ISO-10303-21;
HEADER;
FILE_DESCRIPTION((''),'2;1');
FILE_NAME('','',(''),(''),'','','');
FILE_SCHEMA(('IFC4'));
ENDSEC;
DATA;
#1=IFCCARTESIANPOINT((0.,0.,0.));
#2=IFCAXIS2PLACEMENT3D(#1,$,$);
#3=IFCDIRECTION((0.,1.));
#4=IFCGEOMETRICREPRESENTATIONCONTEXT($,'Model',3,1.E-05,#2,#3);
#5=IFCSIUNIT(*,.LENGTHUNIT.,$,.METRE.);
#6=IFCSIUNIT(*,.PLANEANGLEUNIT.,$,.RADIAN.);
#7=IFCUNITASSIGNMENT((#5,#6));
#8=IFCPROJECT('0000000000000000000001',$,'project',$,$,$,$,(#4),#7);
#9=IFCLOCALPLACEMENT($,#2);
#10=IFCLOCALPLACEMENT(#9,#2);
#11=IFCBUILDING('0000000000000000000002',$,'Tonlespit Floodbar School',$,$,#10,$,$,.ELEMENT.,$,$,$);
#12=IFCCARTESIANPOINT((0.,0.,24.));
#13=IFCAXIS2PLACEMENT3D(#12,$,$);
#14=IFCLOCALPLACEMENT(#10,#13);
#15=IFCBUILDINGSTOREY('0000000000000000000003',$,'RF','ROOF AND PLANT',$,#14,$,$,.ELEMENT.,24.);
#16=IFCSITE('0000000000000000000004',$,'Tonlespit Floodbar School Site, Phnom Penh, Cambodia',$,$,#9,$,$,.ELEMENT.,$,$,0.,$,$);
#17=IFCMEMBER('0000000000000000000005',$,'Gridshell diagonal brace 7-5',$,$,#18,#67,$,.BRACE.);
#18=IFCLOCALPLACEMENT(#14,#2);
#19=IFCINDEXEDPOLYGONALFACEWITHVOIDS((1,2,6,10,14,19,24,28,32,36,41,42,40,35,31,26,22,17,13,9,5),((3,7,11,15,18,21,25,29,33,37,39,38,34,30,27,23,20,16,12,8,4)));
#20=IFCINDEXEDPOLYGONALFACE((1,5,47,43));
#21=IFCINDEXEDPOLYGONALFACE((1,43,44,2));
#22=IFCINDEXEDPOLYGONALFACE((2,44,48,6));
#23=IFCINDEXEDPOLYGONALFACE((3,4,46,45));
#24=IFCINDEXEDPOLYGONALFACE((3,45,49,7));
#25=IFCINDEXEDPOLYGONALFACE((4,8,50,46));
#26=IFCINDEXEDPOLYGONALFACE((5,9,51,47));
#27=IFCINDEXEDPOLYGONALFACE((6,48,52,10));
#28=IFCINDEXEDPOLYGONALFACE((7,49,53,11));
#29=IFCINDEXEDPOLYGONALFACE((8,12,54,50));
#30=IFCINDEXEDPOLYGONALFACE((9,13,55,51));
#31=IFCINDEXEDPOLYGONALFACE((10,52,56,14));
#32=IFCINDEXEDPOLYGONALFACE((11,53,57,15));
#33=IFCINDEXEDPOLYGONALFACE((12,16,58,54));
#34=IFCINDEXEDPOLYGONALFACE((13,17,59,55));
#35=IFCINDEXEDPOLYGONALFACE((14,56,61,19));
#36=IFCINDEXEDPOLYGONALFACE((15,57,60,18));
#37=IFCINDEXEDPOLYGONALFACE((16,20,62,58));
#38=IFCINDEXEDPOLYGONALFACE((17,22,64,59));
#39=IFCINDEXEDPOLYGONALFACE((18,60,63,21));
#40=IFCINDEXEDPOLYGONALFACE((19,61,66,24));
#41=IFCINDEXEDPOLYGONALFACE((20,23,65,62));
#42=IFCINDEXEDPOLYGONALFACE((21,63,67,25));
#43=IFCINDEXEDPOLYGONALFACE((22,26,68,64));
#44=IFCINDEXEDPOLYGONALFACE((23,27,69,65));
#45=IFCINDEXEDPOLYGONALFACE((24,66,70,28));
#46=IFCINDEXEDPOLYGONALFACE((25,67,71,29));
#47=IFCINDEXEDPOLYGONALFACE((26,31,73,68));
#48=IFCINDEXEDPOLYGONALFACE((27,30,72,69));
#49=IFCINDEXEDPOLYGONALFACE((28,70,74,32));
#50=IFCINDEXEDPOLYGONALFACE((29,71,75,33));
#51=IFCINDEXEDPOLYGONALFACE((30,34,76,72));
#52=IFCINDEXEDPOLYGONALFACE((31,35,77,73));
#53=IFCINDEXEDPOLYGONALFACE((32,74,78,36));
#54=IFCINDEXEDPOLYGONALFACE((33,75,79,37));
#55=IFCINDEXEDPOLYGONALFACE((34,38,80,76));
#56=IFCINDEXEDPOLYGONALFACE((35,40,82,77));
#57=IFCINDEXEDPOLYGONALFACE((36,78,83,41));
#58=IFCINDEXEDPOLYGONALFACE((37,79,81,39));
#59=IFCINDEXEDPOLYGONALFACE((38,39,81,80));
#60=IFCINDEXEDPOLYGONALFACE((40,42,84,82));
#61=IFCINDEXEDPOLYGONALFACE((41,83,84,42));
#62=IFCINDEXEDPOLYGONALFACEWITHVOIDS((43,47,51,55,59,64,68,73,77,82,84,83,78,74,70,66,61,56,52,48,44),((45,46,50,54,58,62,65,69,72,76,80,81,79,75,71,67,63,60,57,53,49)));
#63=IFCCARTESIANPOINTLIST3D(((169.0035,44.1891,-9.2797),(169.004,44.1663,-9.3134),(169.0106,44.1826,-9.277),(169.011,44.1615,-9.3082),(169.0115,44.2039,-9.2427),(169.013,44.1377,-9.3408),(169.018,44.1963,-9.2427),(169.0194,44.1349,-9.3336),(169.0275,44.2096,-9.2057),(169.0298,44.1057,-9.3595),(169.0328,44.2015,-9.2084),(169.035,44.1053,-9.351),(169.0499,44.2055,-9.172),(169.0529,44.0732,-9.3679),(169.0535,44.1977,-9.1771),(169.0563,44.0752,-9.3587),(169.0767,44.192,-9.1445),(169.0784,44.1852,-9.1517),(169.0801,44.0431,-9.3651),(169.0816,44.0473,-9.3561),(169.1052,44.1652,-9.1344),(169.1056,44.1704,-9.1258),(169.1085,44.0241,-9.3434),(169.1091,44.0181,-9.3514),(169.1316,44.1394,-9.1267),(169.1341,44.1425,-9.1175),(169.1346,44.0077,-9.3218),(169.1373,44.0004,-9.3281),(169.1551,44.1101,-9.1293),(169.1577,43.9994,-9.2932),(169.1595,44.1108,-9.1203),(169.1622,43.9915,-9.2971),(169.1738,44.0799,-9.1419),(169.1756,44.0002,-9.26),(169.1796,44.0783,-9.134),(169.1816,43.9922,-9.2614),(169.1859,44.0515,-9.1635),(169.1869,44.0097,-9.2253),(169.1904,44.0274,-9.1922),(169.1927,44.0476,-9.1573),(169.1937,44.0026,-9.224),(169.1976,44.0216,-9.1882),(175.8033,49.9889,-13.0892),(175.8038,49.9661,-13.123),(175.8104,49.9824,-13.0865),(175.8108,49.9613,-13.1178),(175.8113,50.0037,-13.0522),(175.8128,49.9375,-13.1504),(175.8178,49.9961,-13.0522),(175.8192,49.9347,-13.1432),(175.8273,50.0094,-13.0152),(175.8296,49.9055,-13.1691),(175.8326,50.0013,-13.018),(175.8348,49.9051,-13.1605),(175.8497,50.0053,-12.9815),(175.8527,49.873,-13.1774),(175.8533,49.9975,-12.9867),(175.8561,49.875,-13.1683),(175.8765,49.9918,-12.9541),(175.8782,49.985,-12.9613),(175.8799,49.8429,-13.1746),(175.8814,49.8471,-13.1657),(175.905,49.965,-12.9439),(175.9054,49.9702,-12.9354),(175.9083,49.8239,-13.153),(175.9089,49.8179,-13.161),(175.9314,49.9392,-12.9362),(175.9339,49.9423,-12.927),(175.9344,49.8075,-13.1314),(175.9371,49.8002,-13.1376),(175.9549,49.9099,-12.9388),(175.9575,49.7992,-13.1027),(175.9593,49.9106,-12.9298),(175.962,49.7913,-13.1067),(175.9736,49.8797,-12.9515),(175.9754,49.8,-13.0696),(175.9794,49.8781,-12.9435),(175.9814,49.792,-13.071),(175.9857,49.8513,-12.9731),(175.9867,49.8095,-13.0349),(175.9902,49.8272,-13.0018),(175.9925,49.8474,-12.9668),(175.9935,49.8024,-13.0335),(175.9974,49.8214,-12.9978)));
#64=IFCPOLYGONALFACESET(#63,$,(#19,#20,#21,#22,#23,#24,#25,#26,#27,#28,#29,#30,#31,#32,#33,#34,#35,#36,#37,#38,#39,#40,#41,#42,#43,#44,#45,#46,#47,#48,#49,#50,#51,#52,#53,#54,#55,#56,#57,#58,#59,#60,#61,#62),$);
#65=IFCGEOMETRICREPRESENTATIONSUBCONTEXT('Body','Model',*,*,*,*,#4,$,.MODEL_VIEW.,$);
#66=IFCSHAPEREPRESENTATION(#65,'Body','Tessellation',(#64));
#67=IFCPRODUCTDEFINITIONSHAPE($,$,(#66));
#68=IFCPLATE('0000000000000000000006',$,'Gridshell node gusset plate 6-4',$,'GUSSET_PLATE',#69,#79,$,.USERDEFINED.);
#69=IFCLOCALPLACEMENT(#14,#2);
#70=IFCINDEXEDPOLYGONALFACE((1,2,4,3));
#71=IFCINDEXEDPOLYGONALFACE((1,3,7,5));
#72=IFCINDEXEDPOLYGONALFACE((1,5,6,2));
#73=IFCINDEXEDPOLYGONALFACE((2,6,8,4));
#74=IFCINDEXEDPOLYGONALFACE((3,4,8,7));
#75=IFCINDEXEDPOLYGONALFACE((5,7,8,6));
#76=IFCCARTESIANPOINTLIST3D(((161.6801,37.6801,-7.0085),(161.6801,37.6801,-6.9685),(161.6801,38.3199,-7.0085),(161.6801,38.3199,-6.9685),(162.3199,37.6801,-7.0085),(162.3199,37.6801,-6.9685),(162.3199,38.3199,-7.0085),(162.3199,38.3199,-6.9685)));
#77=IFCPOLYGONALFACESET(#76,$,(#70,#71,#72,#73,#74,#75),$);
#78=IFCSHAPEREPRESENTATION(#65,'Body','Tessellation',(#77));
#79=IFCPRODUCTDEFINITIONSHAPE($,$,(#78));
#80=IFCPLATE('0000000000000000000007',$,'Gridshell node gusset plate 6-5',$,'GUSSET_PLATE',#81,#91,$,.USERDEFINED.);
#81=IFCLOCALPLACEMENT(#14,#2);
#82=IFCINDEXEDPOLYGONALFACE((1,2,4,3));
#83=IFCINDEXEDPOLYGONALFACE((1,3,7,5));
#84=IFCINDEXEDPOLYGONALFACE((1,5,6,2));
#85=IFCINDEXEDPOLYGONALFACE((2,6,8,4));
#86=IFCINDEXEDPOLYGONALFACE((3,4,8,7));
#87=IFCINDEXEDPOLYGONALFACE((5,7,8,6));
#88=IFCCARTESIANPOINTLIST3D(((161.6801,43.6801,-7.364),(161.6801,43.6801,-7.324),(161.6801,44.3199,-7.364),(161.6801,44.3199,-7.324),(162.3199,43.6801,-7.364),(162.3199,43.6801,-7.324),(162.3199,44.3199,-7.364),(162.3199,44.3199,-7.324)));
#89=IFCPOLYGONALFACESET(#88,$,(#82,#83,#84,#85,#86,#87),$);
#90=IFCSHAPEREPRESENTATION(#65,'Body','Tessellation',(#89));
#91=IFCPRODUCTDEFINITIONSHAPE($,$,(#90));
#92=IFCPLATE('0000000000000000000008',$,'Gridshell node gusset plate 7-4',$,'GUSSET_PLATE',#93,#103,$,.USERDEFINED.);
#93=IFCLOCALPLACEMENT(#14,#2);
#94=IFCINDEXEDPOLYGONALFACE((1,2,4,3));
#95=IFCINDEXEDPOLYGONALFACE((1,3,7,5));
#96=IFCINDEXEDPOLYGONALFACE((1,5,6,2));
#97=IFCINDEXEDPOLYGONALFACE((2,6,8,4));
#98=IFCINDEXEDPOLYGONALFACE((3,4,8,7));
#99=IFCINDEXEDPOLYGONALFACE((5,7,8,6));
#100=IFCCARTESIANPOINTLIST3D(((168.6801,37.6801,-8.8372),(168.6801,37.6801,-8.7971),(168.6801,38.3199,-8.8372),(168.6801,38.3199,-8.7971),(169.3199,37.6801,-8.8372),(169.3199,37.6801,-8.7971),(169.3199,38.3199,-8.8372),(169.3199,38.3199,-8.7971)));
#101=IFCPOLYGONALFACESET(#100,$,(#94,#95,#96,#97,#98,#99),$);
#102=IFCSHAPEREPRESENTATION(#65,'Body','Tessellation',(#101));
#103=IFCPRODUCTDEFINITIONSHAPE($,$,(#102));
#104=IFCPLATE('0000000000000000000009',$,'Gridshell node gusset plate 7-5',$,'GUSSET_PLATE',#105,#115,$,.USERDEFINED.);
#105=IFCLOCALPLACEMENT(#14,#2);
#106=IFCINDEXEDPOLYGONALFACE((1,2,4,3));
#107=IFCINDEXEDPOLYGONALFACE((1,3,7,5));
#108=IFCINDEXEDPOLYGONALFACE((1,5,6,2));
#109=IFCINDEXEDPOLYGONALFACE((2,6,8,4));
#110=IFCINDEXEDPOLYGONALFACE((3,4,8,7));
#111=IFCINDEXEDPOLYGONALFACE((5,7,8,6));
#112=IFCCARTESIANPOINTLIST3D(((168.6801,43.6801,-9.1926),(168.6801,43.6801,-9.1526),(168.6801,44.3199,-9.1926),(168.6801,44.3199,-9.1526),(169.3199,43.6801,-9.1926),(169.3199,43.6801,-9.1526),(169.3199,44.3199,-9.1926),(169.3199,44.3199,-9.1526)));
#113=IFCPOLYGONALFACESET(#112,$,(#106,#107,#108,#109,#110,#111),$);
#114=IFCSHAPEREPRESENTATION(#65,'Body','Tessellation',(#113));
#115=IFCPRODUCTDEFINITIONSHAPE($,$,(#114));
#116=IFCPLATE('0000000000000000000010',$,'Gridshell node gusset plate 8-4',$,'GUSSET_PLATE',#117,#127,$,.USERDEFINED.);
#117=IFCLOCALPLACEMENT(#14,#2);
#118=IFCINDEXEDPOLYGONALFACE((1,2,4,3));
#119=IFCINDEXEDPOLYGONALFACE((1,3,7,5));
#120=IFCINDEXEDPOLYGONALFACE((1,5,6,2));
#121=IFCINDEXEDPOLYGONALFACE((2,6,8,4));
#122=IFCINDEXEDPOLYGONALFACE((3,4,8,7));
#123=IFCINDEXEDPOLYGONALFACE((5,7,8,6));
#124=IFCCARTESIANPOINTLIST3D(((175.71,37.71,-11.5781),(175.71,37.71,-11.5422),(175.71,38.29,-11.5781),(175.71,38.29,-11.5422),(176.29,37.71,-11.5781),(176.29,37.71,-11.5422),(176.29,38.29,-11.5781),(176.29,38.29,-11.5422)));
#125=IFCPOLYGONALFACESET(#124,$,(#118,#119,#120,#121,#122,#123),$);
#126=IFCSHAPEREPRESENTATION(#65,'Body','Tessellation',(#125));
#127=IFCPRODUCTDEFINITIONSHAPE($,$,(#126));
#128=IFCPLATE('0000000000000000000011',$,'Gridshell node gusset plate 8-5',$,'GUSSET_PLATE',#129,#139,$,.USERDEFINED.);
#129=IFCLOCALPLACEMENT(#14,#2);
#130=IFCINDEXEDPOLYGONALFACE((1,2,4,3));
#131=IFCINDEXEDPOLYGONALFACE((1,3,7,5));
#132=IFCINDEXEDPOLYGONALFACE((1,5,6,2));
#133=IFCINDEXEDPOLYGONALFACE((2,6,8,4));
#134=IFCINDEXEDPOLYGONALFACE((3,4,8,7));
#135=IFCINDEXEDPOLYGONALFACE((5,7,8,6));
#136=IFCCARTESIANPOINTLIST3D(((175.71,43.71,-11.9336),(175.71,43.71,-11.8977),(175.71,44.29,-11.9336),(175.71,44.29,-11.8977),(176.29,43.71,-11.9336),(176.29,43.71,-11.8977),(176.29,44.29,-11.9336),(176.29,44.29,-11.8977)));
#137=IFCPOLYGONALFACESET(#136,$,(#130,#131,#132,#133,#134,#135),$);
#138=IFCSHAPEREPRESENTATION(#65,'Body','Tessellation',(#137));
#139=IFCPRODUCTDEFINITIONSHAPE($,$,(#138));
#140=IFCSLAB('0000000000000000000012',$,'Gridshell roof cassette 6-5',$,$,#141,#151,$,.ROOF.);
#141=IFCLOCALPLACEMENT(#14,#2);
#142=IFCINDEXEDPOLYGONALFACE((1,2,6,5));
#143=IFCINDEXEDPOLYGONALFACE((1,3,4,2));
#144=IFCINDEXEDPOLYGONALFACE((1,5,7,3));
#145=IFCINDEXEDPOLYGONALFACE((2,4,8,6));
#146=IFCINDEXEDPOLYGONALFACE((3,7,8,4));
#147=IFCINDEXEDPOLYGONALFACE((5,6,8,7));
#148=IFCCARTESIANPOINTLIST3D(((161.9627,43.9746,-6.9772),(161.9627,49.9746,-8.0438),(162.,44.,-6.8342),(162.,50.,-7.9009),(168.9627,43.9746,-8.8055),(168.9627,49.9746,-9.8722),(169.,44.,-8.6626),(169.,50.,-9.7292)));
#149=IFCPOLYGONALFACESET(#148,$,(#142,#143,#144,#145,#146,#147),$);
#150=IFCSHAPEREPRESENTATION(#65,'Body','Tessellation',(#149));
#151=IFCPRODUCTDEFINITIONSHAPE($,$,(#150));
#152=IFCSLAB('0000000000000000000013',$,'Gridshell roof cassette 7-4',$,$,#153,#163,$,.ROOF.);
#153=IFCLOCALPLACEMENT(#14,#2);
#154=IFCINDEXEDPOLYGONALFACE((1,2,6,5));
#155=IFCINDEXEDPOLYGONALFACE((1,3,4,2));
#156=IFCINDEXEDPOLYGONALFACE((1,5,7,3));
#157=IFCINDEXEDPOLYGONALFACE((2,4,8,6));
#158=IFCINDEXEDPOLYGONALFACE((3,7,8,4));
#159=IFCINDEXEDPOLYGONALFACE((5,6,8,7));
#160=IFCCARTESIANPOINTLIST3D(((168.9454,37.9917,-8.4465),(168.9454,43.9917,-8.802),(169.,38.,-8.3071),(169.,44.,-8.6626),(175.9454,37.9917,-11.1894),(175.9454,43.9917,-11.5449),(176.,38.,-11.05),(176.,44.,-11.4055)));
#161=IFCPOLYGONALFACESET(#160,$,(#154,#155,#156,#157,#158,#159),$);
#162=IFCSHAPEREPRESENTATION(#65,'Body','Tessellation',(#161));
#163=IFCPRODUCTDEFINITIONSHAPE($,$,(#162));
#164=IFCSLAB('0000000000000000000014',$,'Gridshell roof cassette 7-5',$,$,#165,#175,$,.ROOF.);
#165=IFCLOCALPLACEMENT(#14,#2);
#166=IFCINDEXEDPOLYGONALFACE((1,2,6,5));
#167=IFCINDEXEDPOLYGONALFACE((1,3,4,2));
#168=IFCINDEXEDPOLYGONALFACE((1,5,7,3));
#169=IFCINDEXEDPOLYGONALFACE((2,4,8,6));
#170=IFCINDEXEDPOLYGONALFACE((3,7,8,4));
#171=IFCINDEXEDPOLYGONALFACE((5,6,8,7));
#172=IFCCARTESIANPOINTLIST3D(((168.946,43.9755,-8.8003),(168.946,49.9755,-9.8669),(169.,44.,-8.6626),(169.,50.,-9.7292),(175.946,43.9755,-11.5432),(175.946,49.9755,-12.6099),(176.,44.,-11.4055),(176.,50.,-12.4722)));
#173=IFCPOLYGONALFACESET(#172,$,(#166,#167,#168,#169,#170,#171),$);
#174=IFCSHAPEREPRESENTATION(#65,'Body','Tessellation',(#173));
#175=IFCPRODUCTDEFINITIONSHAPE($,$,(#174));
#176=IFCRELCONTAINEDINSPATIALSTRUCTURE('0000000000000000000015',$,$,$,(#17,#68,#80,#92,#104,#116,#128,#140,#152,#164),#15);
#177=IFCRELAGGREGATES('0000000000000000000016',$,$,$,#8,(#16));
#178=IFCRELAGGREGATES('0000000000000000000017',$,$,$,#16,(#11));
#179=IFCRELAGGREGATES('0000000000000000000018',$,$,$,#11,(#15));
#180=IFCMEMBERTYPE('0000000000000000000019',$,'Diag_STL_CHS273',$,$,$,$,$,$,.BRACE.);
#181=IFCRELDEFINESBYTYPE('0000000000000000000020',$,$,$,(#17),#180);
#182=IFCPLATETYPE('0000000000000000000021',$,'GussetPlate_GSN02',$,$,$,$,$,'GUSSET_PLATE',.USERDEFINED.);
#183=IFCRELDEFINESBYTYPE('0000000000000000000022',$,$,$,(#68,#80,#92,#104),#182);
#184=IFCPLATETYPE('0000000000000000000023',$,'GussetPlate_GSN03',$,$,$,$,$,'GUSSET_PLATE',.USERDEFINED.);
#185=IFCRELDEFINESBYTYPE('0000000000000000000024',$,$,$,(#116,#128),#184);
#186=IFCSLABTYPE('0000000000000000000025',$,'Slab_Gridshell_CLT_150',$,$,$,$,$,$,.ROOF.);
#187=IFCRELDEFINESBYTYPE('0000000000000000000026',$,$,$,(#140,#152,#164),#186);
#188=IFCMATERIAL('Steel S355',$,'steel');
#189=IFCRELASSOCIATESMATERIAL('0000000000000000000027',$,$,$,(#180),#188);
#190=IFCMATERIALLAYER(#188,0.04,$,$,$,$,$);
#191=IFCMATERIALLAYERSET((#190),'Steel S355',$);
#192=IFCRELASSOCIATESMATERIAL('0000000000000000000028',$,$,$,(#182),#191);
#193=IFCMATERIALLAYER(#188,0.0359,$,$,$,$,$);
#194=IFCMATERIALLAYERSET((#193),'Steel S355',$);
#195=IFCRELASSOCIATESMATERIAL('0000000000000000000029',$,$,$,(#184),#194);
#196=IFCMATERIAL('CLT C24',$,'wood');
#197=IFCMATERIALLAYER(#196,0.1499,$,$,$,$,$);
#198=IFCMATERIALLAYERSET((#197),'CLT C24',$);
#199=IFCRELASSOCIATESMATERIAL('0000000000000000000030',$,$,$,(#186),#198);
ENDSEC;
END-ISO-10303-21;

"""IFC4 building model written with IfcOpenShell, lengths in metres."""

from ifc_helpers import new_model, si_unit, direction, frame, origin, origin_2d, place, context, subcontext, project, spatial, polyline, rectangle, hollow_circle, outline, extrude, material, layer, layer_set, material_profile, profile_set, type_object, element, save


model = new_model("IFC4")

# Units and contexts
model_context = context("Model", 3, precision=1e-05, world=origin(), true_north=direction((0.0, 1.0)))
body_context = subcontext(model_context, "Body", "Model", "MODEL_VIEW")
ifc_project = project(units=[si_unit("LENGTHUNIT", "METRE"), si_unit("PLANEANGLEUNIT", "RADIAN")], contexts=[model_context])

# Site, building, storey
site_placement = place(None, origin())
site = spatial("IfcSite", under=ifc_project, at=site_placement, Name="Tonlespit Floodbar School Site, Phnom Penh, Cambodia", CompositionType="ELEMENT", RefElevation=0.0)
building_placement = place(site_placement, origin())
building = spatial("IfcBuilding", under=site, at=building_placement, Name="Tonlespit Floodbar School", CompositionType="ELEMENT")
storey_placement = place(building_placement, frame((0.0, 0.0, 24.0)))
storey = spatial("IfcBuildingStorey", under=building, at=storey_placement, Name="RF", Description="ROOF AND PLANT", CompositionType="ELEMENT", Elevation=24.0)

# Member
ifc_material_1 = material(Name="Steel S355", Category="steel")
ifc_material_profile_1 = material_profile(ifc_material_1, hollow_circle(Radius=0.1365, WallThickness=0.01, at=origin_2d()), Name="CHS 273x10")
ifc_profile_set_1 = profile_set([ifc_material_profile_1], Name="Steel S355")
member_type_1 = type_object("IfcMemberType", Name="Diag_STL_CHS273", PredefinedType="BRACE", material=ifc_profile_set_1)
member_1_placement = place(storey_placement, frame((169.1001, 44.1001, -9.2427), z_axis=(0.699904, 0.596974, -0.392119), x_axis=(-0.648945, 0.760836, 0.0)))
element("IfcMember", 1, at=member_1_placement, inside=storey, type_object=member_type_1, Name="Gridshell diagonal brace 7-5", PredefinedType="BRACE", context=body_context, shape_type="SweptSolid", body=[
    extrude(hollow_circle(Radius=0.1365, WallThickness=0.01, at=origin_2d()), origin(), (0.0, 0.0, 1.0), 9.7153),
])

# Plates
ifc_layer_1 = layer(ifc_material_1, 0.04)
ifc_layer_set_1 = layer_set([ifc_layer_1], Name="Steel S355")
plate_type_1 = type_object("IfcPlateType", Name="GussetPlate_GSN02", ElementType="GUSSET_PLATE", PredefinedType="USERDEFINED", material=ifc_layer_set_1)
for number, where, z_axis, x_axis, name in (
    (2, (162.0, 38.0, -7.0085), (0.0, 0.0, 1.0), (1.0, 0.0, 0.0), "Gridshell node gusset plate 6-4"),
    (3, (162.0, 44.0, -7.364), (0.0, 0.0, 1.0), (1.0, 0.0, 0.0), "Gridshell node gusset plate 6-5"),
    (4, (169.0, 38.0, -8.8372), (0.0, 0.0, 1.0), (1.0, 0.0, 0.0), "Gridshell node gusset plate 7-4"),
    (5, (169.0, 44.0, -9.1926), (0.0, 0.0, 1.0), (1.0, 0.0, 0.0), "Gridshell node gusset plate 7-5"),
):
    element("IfcPlate", number, at=place(storey_placement, frame(where, z_axis=z_axis, x_axis=x_axis)), inside=storey, type_object=plate_type_1, Name=name, ObjectType="GUSSET_PLATE", PredefinedType="USERDEFINED", context=body_context, shape_type="SweptSolid", body=[
        extrude(rectangle(XDim=0.6399, YDim=0.6399, at=origin_2d()), origin(), (0.0, 0.0, 1.0), 0.04),
    ])
ifc_layer_2 = layer(ifc_material_1, 0.0359)
ifc_layer_set_2 = layer_set([ifc_layer_2], Name="Steel S355")
plate_type_2 = type_object("IfcPlateType", Name="GussetPlate_GSN03", ElementType="GUSSET_PLATE", PredefinedType="USERDEFINED", material=ifc_layer_set_2)
for number, where, z_axis, x_axis, name in (
    (6, (176.0, 38.0, -11.5781), (0.0, 0.0, 1.0), (1.0, 0.0, 0.0), "Gridshell node gusset plate 8-4"),
    (7, (176.0, 44.0, -11.9336), (0.0, 0.0, 1.0), (1.0, 0.0, 0.0), "Gridshell node gusset plate 8-5"),
):
    element("IfcPlate", number, at=place(storey_placement, frame(where, z_axis=z_axis, x_axis=x_axis)), inside=storey, type_object=plate_type_2, Name=name, ObjectType="GUSSET_PLATE", PredefinedType="USERDEFINED", context=body_context, shape_type="SweptSolid", body=[
        extrude(rectangle(XDim=0.5801, YDim=0.5801, at=origin_2d()), origin(), (0.0, 0.0, 1.0), 0.0359),
    ])

# Slabs
ifc_material_2 = material(Name="CLT C24", Category="wood")
ifc_layer_3 = layer(ifc_material_2, 0.1499)
ifc_layer_set_3 = layer_set([ifc_layer_3], Name="CLT C24")
slab_type = type_object("IfcSlabType", Name="Slab_Gridshell_CLT_150", PredefinedType="ROOF", material=ifc_layer_set_3)
slab_1_placement = place(storey_placement, frame((162.0, 44.0, -6.8342), z_axis=(0.24906, 0.169515, 0.953538), x_axis=(0.96754, 0.0, -0.252717)))
element("IfcSlab", 8, at=slab_1_placement, inside=storey, type_object=slab_type, Name="Gridshell roof cassette 6-5", PredefinedType="ROOF", context=body_context, shape_type="SweptSolid", body=[
    extrude(outline(polyline([(0.0, 0.0), (7.2348, 0.0), (7.5044, 6.0881), (0.2696, 6.0881), (0.0, 0.0)])), origin(), (0.0, 0.0, -1.0), 0.1499),
])
slab_2_placement = place(storey_placement, frame((169.0, 38.0, -8.3071), z_axis=(0.364283, 0.055077, 0.929658), x_axis=(0.931072, 0.0, -0.364836)))
element("IfcSlab", 9, at=slab_2_placement, inside=storey, type_object=slab_type, Name="Gridshell roof cassette 7-4", PredefinedType="ROOF", context=body_context, shape_type="SweptSolid", body=[
    extrude(outline(polyline([(0.0, 0.0), (7.5182, 0.0), (7.6479, 6.0091), (0.1297, 6.0091), (0.0, 0.0)])), origin(), (0.0, 0.0, -1.0), 0.1499),
])
slab_3_placement = place(storey_placement, frame((169.0, 44.0, -8.6626), z_axis=(0.359939, 0.163299, 0.918573), x_axis=(0.931072, 0.0, -0.364836)))
element("IfcSlab", 10, at=slab_3_placement, inside=storey, type_object=slab_type, Name="Gridshell roof cassette 7-5", PredefinedType="ROOF", context=body_context, shape_type="SweptSolid", body=[
    extrude(outline(polyline([(0.0, 0.0), (7.5182, 0.0), (7.9074, 6.0816), (0.3892, 6.0816), (0.0, 0.0)])), origin(), (0.0, 0.0, -1.0), 0.1499),
])

save(model, "model.ifc")
